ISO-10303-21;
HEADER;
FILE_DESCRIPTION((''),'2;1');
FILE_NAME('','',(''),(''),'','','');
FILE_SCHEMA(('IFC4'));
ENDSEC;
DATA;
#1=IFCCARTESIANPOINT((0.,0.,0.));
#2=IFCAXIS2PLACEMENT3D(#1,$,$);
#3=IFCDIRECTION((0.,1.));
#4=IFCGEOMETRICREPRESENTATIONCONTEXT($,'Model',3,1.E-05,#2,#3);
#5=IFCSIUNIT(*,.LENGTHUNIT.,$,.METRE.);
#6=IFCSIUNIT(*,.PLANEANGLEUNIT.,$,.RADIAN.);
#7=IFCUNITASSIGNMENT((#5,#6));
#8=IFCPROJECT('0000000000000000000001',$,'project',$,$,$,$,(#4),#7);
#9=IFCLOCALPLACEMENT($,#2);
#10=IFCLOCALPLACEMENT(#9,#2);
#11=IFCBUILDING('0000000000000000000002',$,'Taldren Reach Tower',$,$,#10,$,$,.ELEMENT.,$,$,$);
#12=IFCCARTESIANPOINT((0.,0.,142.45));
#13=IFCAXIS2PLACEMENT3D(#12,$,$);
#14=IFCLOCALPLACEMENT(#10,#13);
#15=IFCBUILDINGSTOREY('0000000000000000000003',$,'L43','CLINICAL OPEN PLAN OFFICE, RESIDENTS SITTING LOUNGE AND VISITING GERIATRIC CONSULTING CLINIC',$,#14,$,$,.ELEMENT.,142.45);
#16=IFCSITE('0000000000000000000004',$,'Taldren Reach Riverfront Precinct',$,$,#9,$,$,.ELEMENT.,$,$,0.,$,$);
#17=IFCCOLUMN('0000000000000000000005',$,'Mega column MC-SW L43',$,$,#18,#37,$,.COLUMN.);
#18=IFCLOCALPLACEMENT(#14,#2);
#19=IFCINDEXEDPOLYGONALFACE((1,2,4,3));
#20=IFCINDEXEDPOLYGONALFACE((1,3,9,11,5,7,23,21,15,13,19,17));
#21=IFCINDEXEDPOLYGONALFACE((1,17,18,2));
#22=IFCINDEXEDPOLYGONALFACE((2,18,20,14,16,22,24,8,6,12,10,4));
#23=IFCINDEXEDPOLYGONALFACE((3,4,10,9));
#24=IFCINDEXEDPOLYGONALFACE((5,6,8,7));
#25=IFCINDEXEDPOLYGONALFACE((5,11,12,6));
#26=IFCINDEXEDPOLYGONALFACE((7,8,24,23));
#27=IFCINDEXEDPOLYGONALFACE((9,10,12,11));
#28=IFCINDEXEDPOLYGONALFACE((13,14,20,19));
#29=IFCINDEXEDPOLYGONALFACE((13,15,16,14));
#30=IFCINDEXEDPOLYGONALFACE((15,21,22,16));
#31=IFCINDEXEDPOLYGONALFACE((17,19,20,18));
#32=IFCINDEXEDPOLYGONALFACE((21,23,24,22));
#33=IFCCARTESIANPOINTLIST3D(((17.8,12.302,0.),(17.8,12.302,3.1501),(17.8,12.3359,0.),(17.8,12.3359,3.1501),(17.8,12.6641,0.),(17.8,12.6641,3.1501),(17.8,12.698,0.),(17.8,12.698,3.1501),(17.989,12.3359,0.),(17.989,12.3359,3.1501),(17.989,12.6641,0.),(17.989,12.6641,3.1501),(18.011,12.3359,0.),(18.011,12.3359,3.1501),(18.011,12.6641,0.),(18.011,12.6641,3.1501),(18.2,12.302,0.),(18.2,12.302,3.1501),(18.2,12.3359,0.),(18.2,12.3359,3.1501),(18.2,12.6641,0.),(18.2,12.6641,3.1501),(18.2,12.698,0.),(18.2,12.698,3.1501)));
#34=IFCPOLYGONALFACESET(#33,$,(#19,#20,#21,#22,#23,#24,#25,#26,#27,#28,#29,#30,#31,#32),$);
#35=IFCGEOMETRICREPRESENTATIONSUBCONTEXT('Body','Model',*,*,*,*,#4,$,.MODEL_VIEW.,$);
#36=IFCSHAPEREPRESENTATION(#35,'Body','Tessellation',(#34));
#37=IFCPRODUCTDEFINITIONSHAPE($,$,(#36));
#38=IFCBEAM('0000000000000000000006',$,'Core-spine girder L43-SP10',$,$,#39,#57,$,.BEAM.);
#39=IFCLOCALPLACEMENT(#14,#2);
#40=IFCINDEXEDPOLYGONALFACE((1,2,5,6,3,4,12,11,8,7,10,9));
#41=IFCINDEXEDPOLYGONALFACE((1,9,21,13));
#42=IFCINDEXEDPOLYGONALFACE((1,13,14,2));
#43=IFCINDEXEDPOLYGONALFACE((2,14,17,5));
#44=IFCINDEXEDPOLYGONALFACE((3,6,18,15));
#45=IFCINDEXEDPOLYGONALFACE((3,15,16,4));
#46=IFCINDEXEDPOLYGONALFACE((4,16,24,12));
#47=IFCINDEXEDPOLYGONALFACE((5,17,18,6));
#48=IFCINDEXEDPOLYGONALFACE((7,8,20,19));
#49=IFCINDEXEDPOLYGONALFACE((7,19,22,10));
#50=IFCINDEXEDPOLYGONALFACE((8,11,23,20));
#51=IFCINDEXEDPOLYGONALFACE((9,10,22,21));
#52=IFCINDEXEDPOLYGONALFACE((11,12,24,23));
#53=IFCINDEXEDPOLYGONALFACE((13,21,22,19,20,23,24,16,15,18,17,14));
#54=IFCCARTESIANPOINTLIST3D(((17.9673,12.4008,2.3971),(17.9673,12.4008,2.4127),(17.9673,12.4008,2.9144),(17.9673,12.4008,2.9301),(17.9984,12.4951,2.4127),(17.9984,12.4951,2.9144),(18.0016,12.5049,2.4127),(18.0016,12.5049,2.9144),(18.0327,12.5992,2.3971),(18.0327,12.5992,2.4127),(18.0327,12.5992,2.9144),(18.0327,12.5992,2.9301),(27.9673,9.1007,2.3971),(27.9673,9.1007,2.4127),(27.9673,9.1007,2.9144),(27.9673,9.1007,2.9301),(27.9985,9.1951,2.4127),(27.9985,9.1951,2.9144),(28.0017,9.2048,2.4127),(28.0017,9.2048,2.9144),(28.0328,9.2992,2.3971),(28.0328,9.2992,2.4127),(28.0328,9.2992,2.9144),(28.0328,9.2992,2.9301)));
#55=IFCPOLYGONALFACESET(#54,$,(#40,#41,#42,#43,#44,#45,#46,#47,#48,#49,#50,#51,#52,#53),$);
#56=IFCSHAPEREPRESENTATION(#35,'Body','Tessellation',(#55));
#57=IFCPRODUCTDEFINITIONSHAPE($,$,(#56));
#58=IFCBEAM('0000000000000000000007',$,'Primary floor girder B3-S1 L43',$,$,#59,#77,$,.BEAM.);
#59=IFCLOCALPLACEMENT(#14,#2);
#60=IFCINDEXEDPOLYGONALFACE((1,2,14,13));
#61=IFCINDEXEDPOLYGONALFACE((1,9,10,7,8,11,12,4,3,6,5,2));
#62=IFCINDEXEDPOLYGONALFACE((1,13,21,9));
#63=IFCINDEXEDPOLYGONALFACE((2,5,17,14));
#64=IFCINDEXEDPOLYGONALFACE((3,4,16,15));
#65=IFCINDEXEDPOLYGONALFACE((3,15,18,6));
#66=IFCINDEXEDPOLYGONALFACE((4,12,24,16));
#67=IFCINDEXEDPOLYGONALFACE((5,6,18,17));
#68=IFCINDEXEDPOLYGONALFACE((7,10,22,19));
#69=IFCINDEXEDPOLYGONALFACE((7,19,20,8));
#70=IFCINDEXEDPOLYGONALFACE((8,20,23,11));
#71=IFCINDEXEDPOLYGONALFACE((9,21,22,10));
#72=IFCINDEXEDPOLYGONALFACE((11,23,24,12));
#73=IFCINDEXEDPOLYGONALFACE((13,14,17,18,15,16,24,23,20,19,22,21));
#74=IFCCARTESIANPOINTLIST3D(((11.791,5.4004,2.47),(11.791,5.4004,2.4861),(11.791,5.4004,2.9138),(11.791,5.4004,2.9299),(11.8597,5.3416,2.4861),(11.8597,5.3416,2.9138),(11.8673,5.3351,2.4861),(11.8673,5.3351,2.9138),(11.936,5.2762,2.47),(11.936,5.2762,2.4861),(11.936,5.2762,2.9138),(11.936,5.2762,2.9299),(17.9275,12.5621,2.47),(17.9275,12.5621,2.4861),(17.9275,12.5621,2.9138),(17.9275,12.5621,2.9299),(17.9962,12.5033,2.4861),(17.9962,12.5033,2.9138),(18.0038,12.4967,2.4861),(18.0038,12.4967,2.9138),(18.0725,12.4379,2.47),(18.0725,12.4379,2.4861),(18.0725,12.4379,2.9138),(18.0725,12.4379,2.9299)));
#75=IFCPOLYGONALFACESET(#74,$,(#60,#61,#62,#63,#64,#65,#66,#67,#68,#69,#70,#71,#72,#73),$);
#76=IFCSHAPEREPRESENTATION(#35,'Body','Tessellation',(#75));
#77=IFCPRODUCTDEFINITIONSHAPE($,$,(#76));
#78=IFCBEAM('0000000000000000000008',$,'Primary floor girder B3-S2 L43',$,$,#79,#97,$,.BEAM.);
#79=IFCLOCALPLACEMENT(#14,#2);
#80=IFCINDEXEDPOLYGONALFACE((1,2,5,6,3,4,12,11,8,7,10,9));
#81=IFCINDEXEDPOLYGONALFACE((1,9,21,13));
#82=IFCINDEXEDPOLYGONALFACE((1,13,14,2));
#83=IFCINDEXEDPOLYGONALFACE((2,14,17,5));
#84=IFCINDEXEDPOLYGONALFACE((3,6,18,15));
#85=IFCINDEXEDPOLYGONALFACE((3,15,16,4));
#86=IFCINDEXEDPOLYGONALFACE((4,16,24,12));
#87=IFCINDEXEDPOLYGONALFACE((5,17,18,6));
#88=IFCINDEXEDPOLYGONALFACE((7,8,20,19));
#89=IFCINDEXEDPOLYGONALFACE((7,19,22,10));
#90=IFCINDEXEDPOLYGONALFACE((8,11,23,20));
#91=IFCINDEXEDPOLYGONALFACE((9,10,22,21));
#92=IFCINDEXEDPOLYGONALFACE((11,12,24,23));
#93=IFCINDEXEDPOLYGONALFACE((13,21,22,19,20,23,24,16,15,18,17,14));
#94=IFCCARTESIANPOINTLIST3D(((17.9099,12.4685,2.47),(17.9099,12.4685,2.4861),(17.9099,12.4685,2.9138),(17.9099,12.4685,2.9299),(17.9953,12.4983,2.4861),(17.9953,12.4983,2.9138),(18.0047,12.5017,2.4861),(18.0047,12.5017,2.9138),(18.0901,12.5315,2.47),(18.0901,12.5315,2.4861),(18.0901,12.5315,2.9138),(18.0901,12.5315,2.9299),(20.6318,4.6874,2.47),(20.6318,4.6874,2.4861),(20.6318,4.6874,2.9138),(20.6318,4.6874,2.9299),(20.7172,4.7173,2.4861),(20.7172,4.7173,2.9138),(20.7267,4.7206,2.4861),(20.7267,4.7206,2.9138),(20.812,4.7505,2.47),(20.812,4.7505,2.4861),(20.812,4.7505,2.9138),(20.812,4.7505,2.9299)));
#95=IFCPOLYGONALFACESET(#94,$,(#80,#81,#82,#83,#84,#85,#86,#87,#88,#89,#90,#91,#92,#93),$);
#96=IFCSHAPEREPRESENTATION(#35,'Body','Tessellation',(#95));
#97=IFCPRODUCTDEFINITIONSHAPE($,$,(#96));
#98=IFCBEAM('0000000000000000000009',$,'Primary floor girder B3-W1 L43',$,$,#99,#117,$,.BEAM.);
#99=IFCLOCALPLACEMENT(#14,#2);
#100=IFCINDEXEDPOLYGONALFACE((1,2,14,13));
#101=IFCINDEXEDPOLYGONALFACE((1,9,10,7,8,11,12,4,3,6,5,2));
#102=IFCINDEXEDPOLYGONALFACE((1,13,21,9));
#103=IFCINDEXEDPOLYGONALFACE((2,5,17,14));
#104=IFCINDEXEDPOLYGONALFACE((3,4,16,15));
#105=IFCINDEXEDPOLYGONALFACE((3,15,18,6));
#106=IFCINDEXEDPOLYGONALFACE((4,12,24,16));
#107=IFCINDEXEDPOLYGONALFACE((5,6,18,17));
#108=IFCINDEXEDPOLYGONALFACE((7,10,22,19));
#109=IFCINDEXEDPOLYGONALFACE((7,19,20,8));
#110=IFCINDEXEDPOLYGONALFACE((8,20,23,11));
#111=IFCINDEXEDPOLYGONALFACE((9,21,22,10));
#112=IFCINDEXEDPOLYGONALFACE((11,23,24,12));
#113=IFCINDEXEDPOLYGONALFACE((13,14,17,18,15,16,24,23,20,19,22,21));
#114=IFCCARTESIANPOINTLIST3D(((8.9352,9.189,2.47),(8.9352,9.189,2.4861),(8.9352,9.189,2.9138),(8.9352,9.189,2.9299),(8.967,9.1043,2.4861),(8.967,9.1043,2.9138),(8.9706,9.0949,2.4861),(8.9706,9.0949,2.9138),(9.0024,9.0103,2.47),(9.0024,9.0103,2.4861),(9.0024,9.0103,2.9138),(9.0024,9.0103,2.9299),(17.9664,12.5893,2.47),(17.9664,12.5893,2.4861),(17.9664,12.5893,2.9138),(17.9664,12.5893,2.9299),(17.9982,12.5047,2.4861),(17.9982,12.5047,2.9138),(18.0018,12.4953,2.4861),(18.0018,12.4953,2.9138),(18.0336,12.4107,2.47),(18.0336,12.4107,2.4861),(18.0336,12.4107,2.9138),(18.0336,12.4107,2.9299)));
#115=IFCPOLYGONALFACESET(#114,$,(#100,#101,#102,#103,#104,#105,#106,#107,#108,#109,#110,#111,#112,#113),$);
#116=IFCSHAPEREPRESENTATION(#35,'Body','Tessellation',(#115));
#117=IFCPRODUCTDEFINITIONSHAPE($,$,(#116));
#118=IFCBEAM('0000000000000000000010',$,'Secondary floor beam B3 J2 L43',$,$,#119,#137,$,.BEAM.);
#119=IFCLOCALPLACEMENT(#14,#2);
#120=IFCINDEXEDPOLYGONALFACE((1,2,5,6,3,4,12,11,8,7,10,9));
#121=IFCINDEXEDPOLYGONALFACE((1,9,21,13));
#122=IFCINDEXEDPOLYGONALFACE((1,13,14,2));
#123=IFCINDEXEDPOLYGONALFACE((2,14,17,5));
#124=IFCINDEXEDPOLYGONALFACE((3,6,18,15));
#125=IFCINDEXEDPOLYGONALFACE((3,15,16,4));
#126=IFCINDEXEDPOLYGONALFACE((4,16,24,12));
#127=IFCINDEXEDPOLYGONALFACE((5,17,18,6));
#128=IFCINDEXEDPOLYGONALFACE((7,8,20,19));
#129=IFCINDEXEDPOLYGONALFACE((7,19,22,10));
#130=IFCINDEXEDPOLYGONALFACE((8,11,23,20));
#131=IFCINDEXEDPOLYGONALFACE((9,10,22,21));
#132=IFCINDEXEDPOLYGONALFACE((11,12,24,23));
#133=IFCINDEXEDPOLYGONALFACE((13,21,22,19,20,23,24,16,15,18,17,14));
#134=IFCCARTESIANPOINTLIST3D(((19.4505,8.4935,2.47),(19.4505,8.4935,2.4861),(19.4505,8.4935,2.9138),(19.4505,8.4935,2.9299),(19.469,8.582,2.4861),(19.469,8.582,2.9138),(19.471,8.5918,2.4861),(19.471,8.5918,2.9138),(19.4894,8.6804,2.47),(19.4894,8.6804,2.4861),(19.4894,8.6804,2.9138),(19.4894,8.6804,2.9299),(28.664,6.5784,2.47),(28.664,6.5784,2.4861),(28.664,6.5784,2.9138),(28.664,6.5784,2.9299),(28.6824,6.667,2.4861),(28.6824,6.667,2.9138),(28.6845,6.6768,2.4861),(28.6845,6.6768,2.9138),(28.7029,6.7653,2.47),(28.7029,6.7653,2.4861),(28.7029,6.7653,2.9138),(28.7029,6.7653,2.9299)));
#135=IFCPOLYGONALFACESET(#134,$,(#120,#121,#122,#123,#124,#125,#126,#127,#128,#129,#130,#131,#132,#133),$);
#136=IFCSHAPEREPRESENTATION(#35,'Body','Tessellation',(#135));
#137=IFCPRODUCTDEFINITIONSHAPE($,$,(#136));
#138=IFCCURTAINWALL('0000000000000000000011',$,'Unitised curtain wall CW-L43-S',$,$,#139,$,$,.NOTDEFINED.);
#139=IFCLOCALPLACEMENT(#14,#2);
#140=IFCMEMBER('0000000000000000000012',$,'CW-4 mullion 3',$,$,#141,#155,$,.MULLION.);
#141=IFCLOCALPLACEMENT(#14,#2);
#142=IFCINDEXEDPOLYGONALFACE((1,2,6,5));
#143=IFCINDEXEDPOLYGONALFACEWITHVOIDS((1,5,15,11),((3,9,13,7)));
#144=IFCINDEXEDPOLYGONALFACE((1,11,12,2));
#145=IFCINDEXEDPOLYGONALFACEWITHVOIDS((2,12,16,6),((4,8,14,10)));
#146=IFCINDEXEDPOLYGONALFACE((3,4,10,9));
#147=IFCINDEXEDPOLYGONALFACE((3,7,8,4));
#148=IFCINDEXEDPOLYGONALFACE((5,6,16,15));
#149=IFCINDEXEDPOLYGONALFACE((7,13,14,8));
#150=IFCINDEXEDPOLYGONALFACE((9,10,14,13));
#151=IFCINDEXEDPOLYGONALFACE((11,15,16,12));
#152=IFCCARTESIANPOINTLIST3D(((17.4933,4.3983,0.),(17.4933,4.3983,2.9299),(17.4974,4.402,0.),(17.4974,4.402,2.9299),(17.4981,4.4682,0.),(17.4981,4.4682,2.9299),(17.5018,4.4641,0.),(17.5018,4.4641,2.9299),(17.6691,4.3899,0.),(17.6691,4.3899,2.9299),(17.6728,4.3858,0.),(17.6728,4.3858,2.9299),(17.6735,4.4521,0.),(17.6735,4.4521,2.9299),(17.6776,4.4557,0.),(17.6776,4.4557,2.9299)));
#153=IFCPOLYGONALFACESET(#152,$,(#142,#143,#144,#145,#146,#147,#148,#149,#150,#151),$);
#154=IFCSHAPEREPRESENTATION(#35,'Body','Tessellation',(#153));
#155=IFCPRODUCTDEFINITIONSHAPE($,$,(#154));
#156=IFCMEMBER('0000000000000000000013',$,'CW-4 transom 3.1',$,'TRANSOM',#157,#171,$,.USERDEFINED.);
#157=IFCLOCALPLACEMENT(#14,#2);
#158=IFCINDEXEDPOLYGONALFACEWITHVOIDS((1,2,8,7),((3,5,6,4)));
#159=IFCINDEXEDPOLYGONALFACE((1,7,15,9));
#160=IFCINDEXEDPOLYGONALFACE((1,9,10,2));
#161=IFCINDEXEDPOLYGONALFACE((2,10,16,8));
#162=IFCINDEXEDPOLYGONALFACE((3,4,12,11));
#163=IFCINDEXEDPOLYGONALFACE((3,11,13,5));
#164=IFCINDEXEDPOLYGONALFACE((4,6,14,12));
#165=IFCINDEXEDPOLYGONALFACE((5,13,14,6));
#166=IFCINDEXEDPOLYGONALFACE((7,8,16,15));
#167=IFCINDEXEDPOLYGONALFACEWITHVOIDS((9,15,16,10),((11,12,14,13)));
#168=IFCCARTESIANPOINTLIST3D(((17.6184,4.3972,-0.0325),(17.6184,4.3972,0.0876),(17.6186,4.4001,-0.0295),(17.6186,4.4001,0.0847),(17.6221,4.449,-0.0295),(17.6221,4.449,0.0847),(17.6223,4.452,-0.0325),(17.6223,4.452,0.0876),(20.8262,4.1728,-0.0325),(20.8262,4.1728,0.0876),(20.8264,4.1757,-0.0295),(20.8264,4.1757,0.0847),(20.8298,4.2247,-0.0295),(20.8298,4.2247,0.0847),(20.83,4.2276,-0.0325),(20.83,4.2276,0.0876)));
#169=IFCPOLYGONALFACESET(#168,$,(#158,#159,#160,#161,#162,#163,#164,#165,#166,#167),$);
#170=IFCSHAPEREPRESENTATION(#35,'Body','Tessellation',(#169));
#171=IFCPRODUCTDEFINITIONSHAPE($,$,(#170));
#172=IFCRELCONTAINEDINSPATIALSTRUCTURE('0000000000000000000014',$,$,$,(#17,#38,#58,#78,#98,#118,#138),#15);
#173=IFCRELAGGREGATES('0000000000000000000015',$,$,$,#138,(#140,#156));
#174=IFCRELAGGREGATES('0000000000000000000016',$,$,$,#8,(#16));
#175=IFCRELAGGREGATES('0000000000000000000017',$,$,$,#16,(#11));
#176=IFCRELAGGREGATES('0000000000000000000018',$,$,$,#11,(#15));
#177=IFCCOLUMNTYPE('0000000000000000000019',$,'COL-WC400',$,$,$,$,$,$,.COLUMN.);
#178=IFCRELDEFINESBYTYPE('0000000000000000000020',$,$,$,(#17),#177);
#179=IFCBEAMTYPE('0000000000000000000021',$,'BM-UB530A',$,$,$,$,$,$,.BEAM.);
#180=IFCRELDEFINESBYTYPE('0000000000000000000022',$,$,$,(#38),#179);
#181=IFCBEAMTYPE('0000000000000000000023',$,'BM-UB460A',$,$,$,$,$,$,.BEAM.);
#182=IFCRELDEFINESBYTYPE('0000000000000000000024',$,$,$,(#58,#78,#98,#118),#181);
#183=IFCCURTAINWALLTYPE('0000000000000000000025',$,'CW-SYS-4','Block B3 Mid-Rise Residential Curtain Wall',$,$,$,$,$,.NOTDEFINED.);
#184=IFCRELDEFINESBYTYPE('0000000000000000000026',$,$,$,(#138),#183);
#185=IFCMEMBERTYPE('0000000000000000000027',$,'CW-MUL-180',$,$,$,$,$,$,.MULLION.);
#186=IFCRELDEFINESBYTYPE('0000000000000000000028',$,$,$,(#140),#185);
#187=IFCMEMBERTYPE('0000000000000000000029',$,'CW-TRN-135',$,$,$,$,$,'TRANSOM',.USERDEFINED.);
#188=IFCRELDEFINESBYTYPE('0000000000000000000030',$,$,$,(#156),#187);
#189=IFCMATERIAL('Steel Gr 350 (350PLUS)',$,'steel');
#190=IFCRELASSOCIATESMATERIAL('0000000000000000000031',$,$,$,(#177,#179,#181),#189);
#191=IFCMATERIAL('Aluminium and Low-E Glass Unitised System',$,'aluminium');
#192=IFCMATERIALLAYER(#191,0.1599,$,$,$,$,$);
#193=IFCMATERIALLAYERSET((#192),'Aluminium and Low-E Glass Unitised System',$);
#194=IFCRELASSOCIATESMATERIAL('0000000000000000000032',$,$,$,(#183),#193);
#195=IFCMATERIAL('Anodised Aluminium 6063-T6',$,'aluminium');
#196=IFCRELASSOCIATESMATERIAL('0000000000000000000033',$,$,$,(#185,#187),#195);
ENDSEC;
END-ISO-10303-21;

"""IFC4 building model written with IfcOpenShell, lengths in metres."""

from ifc_helpers import new_model, si_unit, direction, frame, origin, origin_2d, place, context, subcontext, project, spatial, hollow_rectangle, i_section, extrude, source, transform, mapped, material, layer, layer_set, material_profile, profile_set, type_object, element, aggregate, save


model = new_model("IFC4")

# Units and contexts
model_context = context("Model", 3, precision=1e-05, world=origin(), true_north=direction((0.0, 1.0)))
body_context = subcontext(model_context, "Body", "Model", "MODEL_VIEW")
ifc_project = project(units=[si_unit("LENGTHUNIT", "METRE"), si_unit("PLANEANGLEUNIT", "RADIAN")], contexts=[model_context])

# Site, building, storey
site_placement = place(None, origin())
site = spatial("IfcSite", under=ifc_project, at=site_placement, Name="Taldren Reach Riverfront Precinct", CompositionType="ELEMENT", RefElevation=0.0)
building_placement = place(site_placement, origin())
building = spatial("IfcBuilding", under=site, at=building_placement, Name="Taldren Reach Tower", CompositionType="ELEMENT")
storey_placement = place(building_placement, frame((0.0, 0.0, 142.45)))
storey = spatial("IfcBuildingStorey", under=building, at=storey_placement, Name="L43", Description="CLINICAL OPEN PLAN OFFICE, RESIDENTS SITTING LOUNGE AND VISITING GERIATRIC CONSULTING CLINIC", CompositionType="ELEMENT", Elevation=142.45)

# Column
ifc_material_1 = material(Name="Steel Gr 350 (350PLUS)", Category="steel")
ifc_material_profile_1 = material_profile(ifc_material_1, i_section(OverallWidth=0.3999, OverallDepth=0.396, WebThickness=0.022, FlangeThickness=0.0339, at=origin_2d()), Name="400WC270")
ifc_profile_set_1 = profile_set([ifc_material_profile_1], Name="Steel Gr 350 (350PLUS)")
column_type = type_object("IfcColumnType", Name="COL-WC400", PredefinedType="COLUMN", material=ifc_profile_set_1)
shared_shape_1 = source(origin(), body_context, "Body", "SweptSolid", [
    extrude(i_section(OverallWidth=0.3999, OverallDepth=0.396, WebThickness=0.022, FlangeThickness=0.0339, at=origin_2d()), origin(), (0.0, 0.0, 1.0), 3.1501),
])
column_placement = place(storey_placement, frame((18.0, 12.5, 0.0), z_axis=(0.0, 0.0, 1.0), x_axis=(1.0, 0.0, 0.0)))
element("IfcColumn", 1, at=column_placement, inside=storey, type_object=column_type, Name="Mega column MC-SW L43", PredefinedType="COLUMN", context=body_context, shape_type="MappedRepresentation", body=[
    mapped(shared_shape_1, transform((0.0, 0.0, 0.0), scale=1.0)),
])

# Beams
ifc_material_profile_2 = material_profile(ifc_material_1, i_section(OverallWidth=0.209, OverallDepth=0.533, WebThickness=0.0103, FlangeThickness=0.0156, at=origin_2d()), Name="530UB92.4")
ifc_profile_set_2 = profile_set([ifc_material_profile_2], Name="Steel Gr 350 (350PLUS)")
beam_type_1 = type_object("IfcBeamType", Name="BM-UB530A", PredefinedType="BEAM", material=ifc_profile_set_2)
shared_shape_2 = source(origin(), body_context, "Body", "SweptSolid", [
    extrude(i_section(OverallWidth=0.209, OverallDepth=0.533, WebThickness=0.0103, FlangeThickness=0.0156, at=origin_2d()), origin(), (0.0, 0.0, 1.0), 10.5305),
])
beam_1_placement = place(storey_placement, frame((18.0, 12.5, 2.6636), z_axis=(0.949627, -0.313382, 0.0), x_axis=(0.313382, 0.949627, 0.0)))
element("IfcBeam", 2, at=beam_1_placement, inside=storey, type_object=beam_type_1, Name="Core-spine girder L43-SP10", PredefinedType="BEAM", context=body_context, shape_type="MappedRepresentation", body=[
    mapped(shared_shape_2, transform((0.0, 0.0, 0.0), scale=1.0)),
])
ifc_material_profile_3 = material_profile(ifc_material_1, i_section(OverallWidth=0.1909, OverallDepth=0.46, WebThickness=0.01, FlangeThickness=0.0161, at=origin_2d()), Name="460UB82.1")
ifc_profile_set_3 = profile_set([ifc_material_profile_3], Name="Steel Gr 350 (350PLUS)")
beam_type_2 = type_object("IfcBeamType", Name="BM-UB460A", PredefinedType="BEAM", material=ifc_profile_set_3)
shared_shape_3 = source(origin(), body_context, "Body", "SweptSolid", [
    extrude(i_section(OverallWidth=0.1909, OverallDepth=0.46, WebThickness=0.01, FlangeThickness=0.0161, at=origin_2d()), origin(), (0.0, 0.0, 1.0), 9.4312),
])
beam_2_placement = place(storey_placement, frame((18.0, 12.5, 2.7), z_axis=(-0.650666, -0.759364, 0.0), x_axis=(0.759364, -0.650666, 0.0)))
element("IfcBeam", 3, at=beam_2_placement, inside=storey, type_object=beam_type_2, Name="Primary floor girder B3-S1 L43", PredefinedType="BEAM", context=body_context, shape_type="MappedRepresentation", body=[
    mapped(shared_shape_3, transform((0.0, 0.0, 0.0), scale=1.0)),
])
shared_shape_4 = source(origin(), body_context, "Body", "SweptSolid", [
    extrude(i_section(OverallWidth=0.1909, OverallDepth=0.46, WebThickness=0.01, FlangeThickness=0.0161, at=origin_2d()), origin(), (0.0, 0.0, 1.0), 8.2434),
])
beam_3_placement = place(storey_placement, frame((18.0, 12.5, 2.7), z_axis=(0.330196, -0.943912, 0.0), x_axis=(0.943912, 0.330196, 0.0)))
element("IfcBeam", 4, at=beam_3_placement, inside=storey, type_object=beam_type_2, Name="Primary floor girder B3-S2 L43", PredefinedType="BEAM", context=body_context, shape_type="MappedRepresentation", body=[
    mapped(shared_shape_4, transform((0.0, 0.0, 0.0), scale=1.0)),
])
shared_shape_5 = source(origin(), body_context, "Body", "SweptSolid", [
    extrude(i_section(OverallWidth=0.1909, OverallDepth=0.46, WebThickness=0.01, FlangeThickness=0.0161, at=origin_2d()), origin(), (0.0, 0.0, 1.0), 9.6501),
])
beam_4_placement = place(storey_placement, frame((18.0, 12.5, 2.7), z_axis=(-0.935863, -0.352365, 0.0), x_axis=(0.352365, -0.935863, 0.0)))
element("IfcBeam", 5, at=beam_4_placement, inside=storey, type_object=beam_type_2, Name="Primary floor girder B3-W1 L43", PredefinedType="BEAM", context=body_context, shape_type="MappedRepresentation", body=[
    mapped(shared_shape_5, transform((0.0, 0.0, 0.0), scale=1.0)),
])
shared_shape_6 = source(origin(), body_context, "Body", "SweptSolid", [
    extrude(i_section(OverallWidth=0.1909, OverallDepth=0.46, WebThickness=0.01, FlangeThickness=0.0161, at=origin_2d()), origin(), (0.0, 0.0, 1.0), 9.4104),
])
beam_5_placement = place(storey_placement, frame((19.47, 8.5869, 2.7), z_axis=(0.979074, -0.203505, 0.0), x_axis=(0.203505, 0.979074, 0.0)))
element("IfcBeam", 6, at=beam_5_placement, inside=storey, type_object=beam_type_2, Name="Secondary floor beam B3 J2 L43", PredefinedType="BEAM", context=body_context, shape_type="MappedRepresentation", body=[
    mapped(shared_shape_6, transform((0.0, 0.0, 0.0), scale=1.0)),
])

# Curtain wall, members
ifc_material_2 = material(Name="Aluminium and Low-E Glass Unitised System", Category="aluminium")
ifc_layer_1 = layer(ifc_material_2, 0.1599)
ifc_layer_set_1 = layer_set([ifc_layer_1], Name="Aluminium and Low-E Glass Unitised System")
curtain_wall_type = type_object("IfcCurtainWallType", Name="CW-SYS-4", Description="Block B3 Mid-Rise Residential Curtain Wall", PredefinedType="NOTDEFINED", material=ifc_layer_set_1)
curtain_wall_placement = place(storey_placement, origin())
curtain_wall = element("IfcCurtainWall", 7, at=curtain_wall_placement, inside=storey, type_object=curtain_wall_type, Name="Unitised curtain wall CW-L43-S", PredefinedType="NOTDEFINED")
ifc_material_3 = material(Name="Anodised Aluminium 6063-T6", Category="aluminium")
ifc_material_profile_4 = material_profile(ifc_material_3, hollow_rectangle(XDim=0.0701, YDim=0.1799, WallThickness=0.0039, at=origin_2d()), Name="ALU-180x70x4RHS")
ifc_profile_set_4 = profile_set([ifc_material_profile_4], Name="Anodised Aluminium 6063-T6")
member_type_1 = type_object("IfcMemberType", Name="CW-MUL-180", PredefinedType="MULLION", material=ifc_profile_set_4)
shared_shape_7 = source(origin(), body_context, "Body", "SweptSolid", [
    extrude(hollow_rectangle(XDim=0.0701, YDim=0.1799, WallThickness=0.0039, at=origin_2d()), origin(), (0.0, 0.0, 1.0), 2.9299),
])
member_1_placement = place(storey_placement, frame((17.5854, 4.427, 0.0), z_axis=(0.0, 0.0, 1.0), x_axis=(0.069757, 0.997564, 0.0)))
member_1 = element("IfcMember", 8, at=member_1_placement, type_object=member_type_1, Name="CW-4 mullion 3", PredefinedType="MULLION", context=body_context, shape_type="MappedRepresentation", body=[
    mapped(shared_shape_7, transform((0.0, 0.0, 0.0), scale=1.0)),
])
ifc_material_profile_5 = material_profile(ifc_material_3, hollow_rectangle(XDim=0.0549, YDim=0.1201, WallThickness=0.0029, at=origin_2d()), Name="ALU-120x55x3RHS")
ifc_profile_set_5 = profile_set([ifc_material_profile_5], Name="Anodised Aluminium 6063-T6")
member_type_2 = type_object("IfcMemberType", Name="CW-TRN-135", ElementType="TRANSOM", PredefinedType="USERDEFINED", material=ifc_profile_set_5)
shared_shape_8 = source(origin(), body_context, "Body", "SweptSolid", [
    extrude(hollow_rectangle(XDim=0.0549, YDim=0.1201, WallThickness=0.0029, at=origin_2d()), origin(), (0.0, 0.0, 1.0), 3.2156),
])
member_2_placement = place(storey_placement, frame((17.6204, 4.4246, 0.0276), z_axis=(0.997563, -0.069774, 0.0), x_axis=(0.069774, 0.997563, 0.0)))
member_2 = element("IfcMember", 9, at=member_2_placement, type_object=member_type_2, Name="CW-4 transom 3.1", ObjectType="TRANSOM", PredefinedType="USERDEFINED", context=body_context, shape_type="MappedRepresentation", body=[
    mapped(shared_shape_8, transform((0.0, 0.0, 0.0), scale=1.0)),
])
aggregate(curtain_wall, [member_1, member_2])

save(model, "model.ifc")
